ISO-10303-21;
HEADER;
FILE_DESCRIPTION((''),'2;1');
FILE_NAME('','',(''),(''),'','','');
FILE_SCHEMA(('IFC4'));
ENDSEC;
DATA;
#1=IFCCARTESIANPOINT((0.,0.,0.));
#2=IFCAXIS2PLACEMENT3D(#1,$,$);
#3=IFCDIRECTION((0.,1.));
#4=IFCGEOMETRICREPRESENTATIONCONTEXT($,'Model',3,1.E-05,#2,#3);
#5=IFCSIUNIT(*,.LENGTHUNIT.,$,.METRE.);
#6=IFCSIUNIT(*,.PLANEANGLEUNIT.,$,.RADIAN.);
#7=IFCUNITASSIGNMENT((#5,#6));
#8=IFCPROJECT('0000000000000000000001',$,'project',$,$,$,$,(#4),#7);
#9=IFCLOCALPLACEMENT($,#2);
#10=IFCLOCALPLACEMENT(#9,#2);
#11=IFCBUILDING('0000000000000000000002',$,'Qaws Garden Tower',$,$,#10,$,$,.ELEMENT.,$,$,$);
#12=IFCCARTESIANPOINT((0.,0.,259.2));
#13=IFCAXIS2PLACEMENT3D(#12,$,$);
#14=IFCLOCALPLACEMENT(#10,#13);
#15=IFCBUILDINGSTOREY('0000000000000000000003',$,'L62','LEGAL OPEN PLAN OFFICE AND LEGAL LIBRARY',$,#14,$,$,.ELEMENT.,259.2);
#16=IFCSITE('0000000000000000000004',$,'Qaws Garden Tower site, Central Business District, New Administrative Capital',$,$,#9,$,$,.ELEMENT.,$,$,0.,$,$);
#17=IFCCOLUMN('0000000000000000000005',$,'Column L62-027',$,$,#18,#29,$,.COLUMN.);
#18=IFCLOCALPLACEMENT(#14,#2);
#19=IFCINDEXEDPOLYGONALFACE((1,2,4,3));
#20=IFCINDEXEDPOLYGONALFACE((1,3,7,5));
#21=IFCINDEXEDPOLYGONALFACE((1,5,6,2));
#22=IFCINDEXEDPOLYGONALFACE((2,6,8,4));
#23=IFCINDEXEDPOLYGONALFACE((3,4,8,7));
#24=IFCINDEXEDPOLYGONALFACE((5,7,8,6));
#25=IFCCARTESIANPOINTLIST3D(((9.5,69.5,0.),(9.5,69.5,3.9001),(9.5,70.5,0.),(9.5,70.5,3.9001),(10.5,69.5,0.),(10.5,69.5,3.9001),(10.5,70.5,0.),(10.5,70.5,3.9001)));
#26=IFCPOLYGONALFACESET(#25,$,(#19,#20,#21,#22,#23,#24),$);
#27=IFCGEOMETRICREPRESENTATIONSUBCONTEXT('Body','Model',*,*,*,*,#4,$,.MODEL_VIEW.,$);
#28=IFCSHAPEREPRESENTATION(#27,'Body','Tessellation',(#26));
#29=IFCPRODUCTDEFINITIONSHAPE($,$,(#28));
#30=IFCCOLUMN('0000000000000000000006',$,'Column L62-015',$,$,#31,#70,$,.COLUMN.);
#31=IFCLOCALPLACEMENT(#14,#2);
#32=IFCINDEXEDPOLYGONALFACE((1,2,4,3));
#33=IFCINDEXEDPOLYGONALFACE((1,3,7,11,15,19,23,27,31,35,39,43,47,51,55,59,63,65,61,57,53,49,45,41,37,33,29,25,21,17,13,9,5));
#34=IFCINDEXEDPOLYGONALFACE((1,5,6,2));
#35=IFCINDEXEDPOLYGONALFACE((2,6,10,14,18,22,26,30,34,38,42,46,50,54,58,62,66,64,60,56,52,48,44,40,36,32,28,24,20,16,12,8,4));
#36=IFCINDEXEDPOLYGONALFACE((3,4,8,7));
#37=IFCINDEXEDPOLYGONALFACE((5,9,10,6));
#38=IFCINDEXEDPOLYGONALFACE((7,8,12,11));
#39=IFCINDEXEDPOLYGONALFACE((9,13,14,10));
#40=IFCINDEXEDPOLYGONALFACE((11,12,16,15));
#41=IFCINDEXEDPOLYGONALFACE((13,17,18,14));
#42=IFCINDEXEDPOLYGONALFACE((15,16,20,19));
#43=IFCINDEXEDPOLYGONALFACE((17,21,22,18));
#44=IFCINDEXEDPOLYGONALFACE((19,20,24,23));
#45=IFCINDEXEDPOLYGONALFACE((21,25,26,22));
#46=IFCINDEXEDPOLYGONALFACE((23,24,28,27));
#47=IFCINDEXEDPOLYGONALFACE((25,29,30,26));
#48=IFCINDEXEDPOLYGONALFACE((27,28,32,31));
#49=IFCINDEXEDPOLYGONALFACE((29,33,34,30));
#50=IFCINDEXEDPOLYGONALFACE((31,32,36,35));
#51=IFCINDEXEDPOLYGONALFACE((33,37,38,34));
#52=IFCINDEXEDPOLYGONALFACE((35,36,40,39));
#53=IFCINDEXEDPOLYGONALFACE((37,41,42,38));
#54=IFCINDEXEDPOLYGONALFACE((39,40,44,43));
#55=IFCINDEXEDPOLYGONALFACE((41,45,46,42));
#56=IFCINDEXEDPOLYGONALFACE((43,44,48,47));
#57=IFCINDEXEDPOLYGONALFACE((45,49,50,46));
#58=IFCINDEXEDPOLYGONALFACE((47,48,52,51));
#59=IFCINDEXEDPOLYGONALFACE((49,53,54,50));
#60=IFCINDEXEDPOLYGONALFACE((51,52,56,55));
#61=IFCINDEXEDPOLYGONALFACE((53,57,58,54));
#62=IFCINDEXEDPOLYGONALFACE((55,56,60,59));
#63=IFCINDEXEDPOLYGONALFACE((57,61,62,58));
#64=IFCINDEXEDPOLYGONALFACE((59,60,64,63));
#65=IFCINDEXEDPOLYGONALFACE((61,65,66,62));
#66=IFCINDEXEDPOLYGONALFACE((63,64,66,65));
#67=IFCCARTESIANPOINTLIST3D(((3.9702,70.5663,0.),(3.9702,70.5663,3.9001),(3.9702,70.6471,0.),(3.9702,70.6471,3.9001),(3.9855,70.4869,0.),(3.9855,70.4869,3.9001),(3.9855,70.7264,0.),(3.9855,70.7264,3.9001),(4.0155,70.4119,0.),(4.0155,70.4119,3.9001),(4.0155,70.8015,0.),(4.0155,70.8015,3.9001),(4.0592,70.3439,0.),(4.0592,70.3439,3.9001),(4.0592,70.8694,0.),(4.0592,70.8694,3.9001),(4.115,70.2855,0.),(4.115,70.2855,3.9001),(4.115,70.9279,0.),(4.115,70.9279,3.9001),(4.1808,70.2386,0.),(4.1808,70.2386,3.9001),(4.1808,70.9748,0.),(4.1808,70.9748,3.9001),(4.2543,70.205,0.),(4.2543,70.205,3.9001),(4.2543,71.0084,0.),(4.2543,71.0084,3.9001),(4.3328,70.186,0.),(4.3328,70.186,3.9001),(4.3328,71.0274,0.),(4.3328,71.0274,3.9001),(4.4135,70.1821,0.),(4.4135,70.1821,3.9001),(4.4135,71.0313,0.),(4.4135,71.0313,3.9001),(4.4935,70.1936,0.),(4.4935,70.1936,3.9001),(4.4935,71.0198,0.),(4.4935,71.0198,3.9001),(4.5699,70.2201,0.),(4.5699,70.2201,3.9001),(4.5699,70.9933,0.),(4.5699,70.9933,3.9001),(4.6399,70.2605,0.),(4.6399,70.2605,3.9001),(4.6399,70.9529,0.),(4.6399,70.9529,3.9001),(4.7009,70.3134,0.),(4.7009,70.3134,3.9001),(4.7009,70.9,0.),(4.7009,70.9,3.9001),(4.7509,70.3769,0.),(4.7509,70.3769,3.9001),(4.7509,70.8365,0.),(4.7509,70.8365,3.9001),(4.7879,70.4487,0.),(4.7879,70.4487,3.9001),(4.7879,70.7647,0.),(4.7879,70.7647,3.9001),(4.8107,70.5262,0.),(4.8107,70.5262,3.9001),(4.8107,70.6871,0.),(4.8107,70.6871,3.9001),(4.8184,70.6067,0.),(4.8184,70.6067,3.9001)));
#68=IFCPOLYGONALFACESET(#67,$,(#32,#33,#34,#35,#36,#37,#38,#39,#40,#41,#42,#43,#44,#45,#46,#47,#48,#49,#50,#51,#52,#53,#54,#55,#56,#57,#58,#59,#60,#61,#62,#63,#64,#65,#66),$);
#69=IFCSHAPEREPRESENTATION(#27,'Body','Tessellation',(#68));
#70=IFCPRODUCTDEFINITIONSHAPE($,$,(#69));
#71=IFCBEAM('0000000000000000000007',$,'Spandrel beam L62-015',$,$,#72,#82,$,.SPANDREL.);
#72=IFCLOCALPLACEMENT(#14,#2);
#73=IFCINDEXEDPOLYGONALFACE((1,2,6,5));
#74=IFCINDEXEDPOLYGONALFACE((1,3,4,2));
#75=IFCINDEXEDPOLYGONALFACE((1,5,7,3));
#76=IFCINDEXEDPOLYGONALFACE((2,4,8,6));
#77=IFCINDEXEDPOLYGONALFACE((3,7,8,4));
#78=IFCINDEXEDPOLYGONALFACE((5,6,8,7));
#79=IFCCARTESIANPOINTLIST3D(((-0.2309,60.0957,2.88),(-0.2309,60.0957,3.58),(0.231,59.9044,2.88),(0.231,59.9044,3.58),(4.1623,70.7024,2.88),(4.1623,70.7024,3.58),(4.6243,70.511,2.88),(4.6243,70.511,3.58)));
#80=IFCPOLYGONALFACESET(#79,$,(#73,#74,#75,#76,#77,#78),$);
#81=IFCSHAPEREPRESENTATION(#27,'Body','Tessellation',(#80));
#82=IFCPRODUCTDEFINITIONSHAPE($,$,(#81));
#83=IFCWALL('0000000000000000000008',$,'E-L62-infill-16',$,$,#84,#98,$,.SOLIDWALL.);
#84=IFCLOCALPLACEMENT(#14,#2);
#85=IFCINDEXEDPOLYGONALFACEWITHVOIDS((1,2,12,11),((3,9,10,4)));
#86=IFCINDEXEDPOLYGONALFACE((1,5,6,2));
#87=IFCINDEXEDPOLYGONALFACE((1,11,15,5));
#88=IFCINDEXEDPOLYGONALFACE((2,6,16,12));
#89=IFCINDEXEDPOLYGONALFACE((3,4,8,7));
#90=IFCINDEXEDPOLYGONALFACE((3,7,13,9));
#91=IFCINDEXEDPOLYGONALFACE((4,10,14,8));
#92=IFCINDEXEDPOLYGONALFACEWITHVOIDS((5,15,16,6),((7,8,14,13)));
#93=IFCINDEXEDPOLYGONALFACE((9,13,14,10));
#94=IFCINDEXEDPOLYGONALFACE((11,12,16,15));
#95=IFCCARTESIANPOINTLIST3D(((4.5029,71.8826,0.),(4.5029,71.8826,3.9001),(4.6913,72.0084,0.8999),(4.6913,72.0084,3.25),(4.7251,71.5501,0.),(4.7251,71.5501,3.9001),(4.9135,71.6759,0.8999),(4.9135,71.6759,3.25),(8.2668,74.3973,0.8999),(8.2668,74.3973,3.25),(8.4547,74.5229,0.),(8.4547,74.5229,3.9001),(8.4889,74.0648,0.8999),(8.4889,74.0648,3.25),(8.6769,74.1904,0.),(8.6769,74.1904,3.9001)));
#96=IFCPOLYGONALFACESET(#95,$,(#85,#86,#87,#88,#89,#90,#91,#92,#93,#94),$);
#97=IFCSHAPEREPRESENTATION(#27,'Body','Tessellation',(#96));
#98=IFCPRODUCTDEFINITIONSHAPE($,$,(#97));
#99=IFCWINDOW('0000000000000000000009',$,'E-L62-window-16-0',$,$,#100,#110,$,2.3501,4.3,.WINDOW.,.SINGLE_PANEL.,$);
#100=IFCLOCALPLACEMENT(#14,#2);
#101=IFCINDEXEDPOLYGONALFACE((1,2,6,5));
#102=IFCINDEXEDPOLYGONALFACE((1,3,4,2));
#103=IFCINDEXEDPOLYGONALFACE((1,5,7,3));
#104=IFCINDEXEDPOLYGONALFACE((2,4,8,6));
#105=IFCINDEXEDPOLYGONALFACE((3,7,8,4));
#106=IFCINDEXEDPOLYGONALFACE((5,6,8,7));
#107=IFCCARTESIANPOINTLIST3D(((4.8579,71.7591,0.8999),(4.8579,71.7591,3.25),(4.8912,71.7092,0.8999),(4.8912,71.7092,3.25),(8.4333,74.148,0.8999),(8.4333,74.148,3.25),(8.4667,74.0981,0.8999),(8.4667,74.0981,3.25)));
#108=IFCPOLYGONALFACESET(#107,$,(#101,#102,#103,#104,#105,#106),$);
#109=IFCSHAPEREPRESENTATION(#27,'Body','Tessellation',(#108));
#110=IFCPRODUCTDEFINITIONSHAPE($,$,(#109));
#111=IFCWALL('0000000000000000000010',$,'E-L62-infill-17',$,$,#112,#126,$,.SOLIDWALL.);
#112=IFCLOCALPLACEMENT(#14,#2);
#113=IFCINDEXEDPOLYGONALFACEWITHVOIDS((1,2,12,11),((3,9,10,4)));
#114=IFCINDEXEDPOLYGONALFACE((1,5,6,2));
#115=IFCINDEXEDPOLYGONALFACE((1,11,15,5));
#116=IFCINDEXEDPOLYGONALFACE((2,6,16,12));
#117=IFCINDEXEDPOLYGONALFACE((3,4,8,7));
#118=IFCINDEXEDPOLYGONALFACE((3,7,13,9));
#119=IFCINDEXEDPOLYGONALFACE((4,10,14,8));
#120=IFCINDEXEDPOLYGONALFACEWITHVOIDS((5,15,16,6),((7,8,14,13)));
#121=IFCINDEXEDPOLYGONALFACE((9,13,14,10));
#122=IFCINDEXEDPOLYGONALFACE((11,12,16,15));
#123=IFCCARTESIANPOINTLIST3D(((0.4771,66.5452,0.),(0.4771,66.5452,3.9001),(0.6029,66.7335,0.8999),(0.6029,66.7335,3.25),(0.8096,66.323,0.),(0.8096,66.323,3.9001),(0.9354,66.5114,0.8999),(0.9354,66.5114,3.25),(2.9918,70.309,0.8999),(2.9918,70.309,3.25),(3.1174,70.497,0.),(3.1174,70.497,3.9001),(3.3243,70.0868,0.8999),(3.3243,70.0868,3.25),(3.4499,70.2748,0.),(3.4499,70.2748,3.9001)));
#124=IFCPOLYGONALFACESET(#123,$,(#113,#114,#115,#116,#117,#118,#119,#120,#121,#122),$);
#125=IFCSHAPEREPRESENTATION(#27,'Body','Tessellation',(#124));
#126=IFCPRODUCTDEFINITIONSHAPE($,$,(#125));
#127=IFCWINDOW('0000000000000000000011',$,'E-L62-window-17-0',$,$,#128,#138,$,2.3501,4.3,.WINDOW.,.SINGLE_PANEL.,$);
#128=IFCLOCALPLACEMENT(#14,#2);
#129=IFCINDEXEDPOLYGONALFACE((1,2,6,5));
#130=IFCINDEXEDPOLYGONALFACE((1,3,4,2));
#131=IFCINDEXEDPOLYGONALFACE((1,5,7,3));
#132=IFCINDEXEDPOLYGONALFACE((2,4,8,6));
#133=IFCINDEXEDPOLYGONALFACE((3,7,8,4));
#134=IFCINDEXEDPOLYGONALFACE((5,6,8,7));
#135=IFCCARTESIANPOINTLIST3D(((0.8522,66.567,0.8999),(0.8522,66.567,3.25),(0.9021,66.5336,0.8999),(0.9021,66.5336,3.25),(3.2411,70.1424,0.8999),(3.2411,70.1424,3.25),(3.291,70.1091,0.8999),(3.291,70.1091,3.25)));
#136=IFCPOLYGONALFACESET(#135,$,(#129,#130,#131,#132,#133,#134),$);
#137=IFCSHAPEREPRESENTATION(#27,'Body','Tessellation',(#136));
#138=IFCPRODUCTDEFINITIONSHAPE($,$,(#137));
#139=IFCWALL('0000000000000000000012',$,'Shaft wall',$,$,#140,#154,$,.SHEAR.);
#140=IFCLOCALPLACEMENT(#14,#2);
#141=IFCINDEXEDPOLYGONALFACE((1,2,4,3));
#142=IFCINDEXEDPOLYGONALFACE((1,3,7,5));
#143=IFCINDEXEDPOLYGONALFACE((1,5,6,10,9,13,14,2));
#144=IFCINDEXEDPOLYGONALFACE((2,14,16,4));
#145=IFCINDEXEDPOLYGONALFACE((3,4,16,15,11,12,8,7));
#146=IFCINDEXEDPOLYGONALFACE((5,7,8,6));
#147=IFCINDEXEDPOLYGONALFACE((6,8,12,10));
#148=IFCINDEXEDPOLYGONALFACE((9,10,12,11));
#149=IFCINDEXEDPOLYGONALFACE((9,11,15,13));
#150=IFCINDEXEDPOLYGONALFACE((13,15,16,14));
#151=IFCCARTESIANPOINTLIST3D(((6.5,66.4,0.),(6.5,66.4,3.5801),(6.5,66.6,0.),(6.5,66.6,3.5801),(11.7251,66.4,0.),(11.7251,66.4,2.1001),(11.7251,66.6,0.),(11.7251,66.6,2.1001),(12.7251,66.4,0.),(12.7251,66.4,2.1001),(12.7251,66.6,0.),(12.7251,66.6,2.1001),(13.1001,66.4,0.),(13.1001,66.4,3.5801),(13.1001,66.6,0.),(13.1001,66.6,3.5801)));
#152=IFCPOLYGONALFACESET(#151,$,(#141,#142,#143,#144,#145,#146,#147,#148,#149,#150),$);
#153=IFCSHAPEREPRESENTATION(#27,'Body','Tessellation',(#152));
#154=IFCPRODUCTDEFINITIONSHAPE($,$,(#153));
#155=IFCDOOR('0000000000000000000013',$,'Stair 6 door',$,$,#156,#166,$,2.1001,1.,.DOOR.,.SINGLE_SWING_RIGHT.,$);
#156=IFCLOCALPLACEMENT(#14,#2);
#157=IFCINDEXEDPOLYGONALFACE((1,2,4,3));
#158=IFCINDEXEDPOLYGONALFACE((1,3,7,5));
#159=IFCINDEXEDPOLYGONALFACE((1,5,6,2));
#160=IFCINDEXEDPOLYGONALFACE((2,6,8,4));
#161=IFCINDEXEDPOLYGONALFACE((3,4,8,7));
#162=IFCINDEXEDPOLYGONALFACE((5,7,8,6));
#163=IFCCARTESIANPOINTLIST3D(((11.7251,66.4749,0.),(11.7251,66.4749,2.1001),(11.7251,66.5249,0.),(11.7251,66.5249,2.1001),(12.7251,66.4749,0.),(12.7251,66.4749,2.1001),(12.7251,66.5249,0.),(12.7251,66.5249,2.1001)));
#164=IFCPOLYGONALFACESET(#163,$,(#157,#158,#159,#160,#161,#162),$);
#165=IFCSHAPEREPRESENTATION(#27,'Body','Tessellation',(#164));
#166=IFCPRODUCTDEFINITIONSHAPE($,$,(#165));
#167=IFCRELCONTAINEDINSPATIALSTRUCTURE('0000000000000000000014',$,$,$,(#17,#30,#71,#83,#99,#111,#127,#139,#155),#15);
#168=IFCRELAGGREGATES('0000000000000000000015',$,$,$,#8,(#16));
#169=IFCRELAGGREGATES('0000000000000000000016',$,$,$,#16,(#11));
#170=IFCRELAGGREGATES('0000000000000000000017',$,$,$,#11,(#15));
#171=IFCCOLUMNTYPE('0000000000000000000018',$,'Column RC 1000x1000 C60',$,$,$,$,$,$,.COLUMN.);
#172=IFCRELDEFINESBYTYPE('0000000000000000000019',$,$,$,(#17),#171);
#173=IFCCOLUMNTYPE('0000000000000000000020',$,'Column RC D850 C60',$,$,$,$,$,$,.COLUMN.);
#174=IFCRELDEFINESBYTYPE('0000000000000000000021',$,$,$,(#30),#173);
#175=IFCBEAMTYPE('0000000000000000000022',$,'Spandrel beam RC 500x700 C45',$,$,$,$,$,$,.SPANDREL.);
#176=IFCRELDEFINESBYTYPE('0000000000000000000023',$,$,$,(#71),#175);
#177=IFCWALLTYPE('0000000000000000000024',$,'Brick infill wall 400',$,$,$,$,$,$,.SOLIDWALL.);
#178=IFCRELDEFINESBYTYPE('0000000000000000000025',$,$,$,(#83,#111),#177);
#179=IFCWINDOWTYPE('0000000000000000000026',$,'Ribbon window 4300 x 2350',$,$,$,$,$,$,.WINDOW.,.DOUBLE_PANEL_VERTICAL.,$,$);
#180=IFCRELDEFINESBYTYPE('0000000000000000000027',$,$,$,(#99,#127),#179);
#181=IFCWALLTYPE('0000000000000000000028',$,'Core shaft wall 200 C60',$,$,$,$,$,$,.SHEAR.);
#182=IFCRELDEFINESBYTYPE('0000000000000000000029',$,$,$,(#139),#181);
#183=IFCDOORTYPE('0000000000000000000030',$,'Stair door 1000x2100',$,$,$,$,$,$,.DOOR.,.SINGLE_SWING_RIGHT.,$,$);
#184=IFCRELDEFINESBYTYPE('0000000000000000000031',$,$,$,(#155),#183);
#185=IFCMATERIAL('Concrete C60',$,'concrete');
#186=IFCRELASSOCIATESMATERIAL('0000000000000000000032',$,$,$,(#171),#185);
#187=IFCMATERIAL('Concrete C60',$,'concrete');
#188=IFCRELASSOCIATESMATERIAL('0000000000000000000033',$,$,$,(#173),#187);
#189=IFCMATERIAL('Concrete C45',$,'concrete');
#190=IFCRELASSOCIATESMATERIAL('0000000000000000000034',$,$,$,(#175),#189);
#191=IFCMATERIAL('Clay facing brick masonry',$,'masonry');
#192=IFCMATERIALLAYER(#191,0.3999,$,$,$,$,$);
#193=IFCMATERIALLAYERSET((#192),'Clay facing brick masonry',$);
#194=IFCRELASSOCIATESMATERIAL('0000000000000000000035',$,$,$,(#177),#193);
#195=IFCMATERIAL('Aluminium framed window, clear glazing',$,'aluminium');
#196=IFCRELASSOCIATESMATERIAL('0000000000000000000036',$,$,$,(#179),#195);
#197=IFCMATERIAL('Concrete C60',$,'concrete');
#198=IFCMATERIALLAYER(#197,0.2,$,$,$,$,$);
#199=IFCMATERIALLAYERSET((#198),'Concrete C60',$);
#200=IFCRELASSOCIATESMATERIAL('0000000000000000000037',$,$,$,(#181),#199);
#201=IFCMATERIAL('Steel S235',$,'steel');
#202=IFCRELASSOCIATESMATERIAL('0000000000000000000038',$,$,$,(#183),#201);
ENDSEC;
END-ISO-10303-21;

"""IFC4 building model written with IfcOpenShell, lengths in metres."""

from ifc_helpers import new_model, si_unit, direction, frame, frame_2d, origin, origin_2d, place, context, subcontext, project, spatial, rectangle, circle, extrude, material, layer, layer_set, material_profile, profile_set, type_object, element, fill, save


model = new_model("IFC4")

# Units and contexts
model_context = context("Model", 3, precision=1e-05, world=origin(), true_north=direction((0.0, 1.0)))
body_context = subcontext(model_context, "Body", "Model", "MODEL_VIEW")
ifc_project = project(units=[si_unit("LENGTHUNIT", "METRE"), si_unit("PLANEANGLEUNIT", "RADIAN")], contexts=[model_context])

# Site, building, storey
site_placement = place(None, origin())
site = spatial("IfcSite", under=ifc_project, at=site_placement, Name="Qaws Garden Tower site, Central Business District, New Administrative Capital", CompositionType="ELEMENT", RefElevation=0.0)
building_placement = place(site_placement, origin())
building = spatial("IfcBuilding", under=site, at=building_placement, Name="Qaws Garden Tower", CompositionType="ELEMENT")
storey_placement = place(building_placement, frame((0.0, 0.0, 259.2)))
storey = spatial("IfcBuildingStorey", under=building, at=storey_placement, Name="L62", Description="LEGAL OPEN PLAN OFFICE AND LEGAL LIBRARY", CompositionType="ELEMENT", Elevation=259.2)

# Columns
ifc_material_1 = material(Name="Concrete C60", Category="concrete")
ifc_material_profile_1 = material_profile(ifc_material_1, rectangle(XDim=1.0, YDim=1.0, at=origin_2d()), Name="RC 1000x1000")
ifc_profile_set_1 = profile_set([ifc_material_profile_1], Name="Concrete C60")
column_type_1 = type_object("IfcColumnType", Name="Column RC 1000x1000 C60", PredefinedType="COLUMN", material=ifc_profile_set_1)
column_1_placement = place(storey_placement, frame((10.0, 70.0, 0.0), z_axis=(0.0, 0.0, 1.0), x_axis=(1.0, 0.0, 0.0)))
element("IfcColumn", 1, at=column_1_placement, inside=storey, type_object=column_type_1, Name="Column L62-027", PredefinedType="COLUMN", context=body_context, shape_type="SweptSolid", body=[
    extrude(rectangle(XDim=1.0, YDim=1.0, at=origin_2d()), origin(), (0.0, 0.0, 1.0), 3.9001),
])
ifc_material_2 = material(Name="Concrete C60", Category="concrete")
ifc_material_profile_2 = material_profile(ifc_material_2, circle(Radius=0.425, at=origin_2d()), Name="RC D850")
ifc_profile_set_2 = profile_set([ifc_material_profile_2], Name="Concrete C60")
column_type_2 = type_object("IfcColumnType", Name="Column RC D850 C60", PredefinedType="COLUMN", material=ifc_profile_set_2)
column_2_placement = place(storey_placement, frame((4.3933, 70.6067, 0.0), z_axis=(0.0, 0.0, 1.0), x_axis=(1.0, 0.0, 0.0)))
element("IfcColumn", 2, at=column_2_placement, inside=storey, type_object=column_type_2, Name="Column L62-015", PredefinedType="COLUMN", context=body_context, shape_type="SweptSolid", body=[
    extrude(circle(Radius=0.425, at=origin_2d()), origin(), (0.0, 0.0, 1.0), 3.9001),
])

# Beam
ifc_material_3 = material(Name="Concrete C45", Category="concrete")
ifc_material_profile_3 = material_profile(ifc_material_3, rectangle(XDim=0.5, YDim=0.7, at=origin_2d()), Name="RC 500x700")
ifc_profile_set_3 = profile_set([ifc_material_profile_3], Name="Concrete C45")
beam_type = type_object("IfcBeamType", Name="Spandrel beam RC 500x700 C45", PredefinedType="SPANDREL", material=ifc_profile_set_3)
beam_placement = place(storey_placement, frame((4.3933, 70.6067, 3.23), z_axis=(-0.382674, -0.923883, 0.0), x_axis=(0.923883, -0.382674, 0.0)))
element("IfcBeam", 3, at=beam_placement, inside=storey, type_object=beam_type, Name="Spandrel beam L62-015", PredefinedType="SPANDREL", context=body_context, shape_type="SweptSolid", body=[
    extrude(rectangle(XDim=0.5, YDim=0.7, at=origin_2d()), origin(), (0.0, 0.0, 1.0), 11.4805),
])

# Walls, openings, windows
ifc_material_4 = material(Name="Clay facing brick masonry", Category="masonry")
ifc_layer_1 = layer(ifc_material_4, 0.3999)
ifc_layer_set_1 = layer_set([ifc_layer_1], Name="Clay facing brick masonry")
wall_type_1 = type_object("IfcWallType", Name="Brick infill wall 400", PredefinedType="SOLIDWALL", material=ifc_layer_set_1)
wall_1_placement = place(storey_placement, frame((8.5659, 74.3567, 0.0), z_axis=(0.0, 0.0, 1.0), x_axis=(-0.831489, -0.555542, 0.0)))
wall_1 = element("IfcWall", 4, at=wall_1_placement, inside=storey, type_object=wall_type_1, Name="E-L62-infill-16", PredefinedType="SOLIDWALL", context=body_context, shape_type="SweptSolid", body=[
    extrude(rectangle(XDim=4.7527, YDim=0.3999, at=frame_2d((2.3765, 0.0))), origin(), (0.0, 0.0, 1.0), 3.9001),
])
opening_1_placement = place(wall_1_placement, frame((0.2263, 0.0, 0.8999)))
opening_1 = element("IfcOpeningElement", 5, at=opening_1_placement, cuts=wall_1, PredefinedType="OPENING", context=body_context, shape_type="SweptSolid", body=[
    extrude(rectangle(XDim=4.3, YDim=2.3501, at=frame_2d((2.1499, 1.175))), frame((0.0, 0.21, 0.0), z_axis=(0.0, -1.0, 0.0), x_axis=(1.0, 0.0, 0.0)), (0.0, 0.0, 1.0), 0.4199),
])
ifc_material_5 = material(Name="Aluminium framed window, clear glazing", Category="aluminium")
window_type = type_object("IfcWindowType", Name="Ribbon window 4300 x 2350", PartitioningType="DOUBLE_PANEL_VERTICAL", PredefinedType="WINDOW", material=ifc_material_5)
window_1_placement = place(opening_1_placement, origin())
window_1 = element("IfcWindow", 6, at=window_1_placement, inside=storey, type_object=window_type, Name="E-L62-window-16-0", OverallHeight=2.3501, OverallWidth=4.3, PartitioningType="SINGLE_PANEL", PredefinedType="WINDOW", context=body_context, shape_type="SweptSolid", body=[
    extrude(rectangle(XDim=4.3, YDim=2.3501, at=frame_2d((2.1499, 1.175))), frame((0.0, 0.1599, 0.0), z_axis=(0.0, -1.0, 0.0), x_axis=(1.0, 0.0, 0.0)), (0.0, 0.0, 1.0), 0.0601),
])
fill(opening_1, window_1)
wall_2_placement = place(storey_placement, frame((3.2837, 70.386, 0.0), z_axis=(0.0, 0.0, 1.0), x_axis=(-0.555542, -0.831489, 0.0)))
wall_2 = element("IfcWall", 7, at=wall_2_placement, inside=storey, type_object=wall_type_1, Name="E-L62-infill-17", PredefinedType="SOLIDWALL", context=body_context, shape_type="SweptSolid", body=[
    extrude(rectangle(XDim=4.7527, YDim=0.3999, at=frame_2d((2.3765, 0.0))), origin(), (0.0, 0.0, 1.0), 3.9001),
])
opening_2_placement = place(wall_2_placement, frame((0.2263, 0.0, 0.8999)))
opening_2 = element("IfcOpeningElement", 8, at=opening_2_placement, cuts=wall_2, PredefinedType="OPENING", context=body_context, shape_type="SweptSolid", body=[
    extrude(rectangle(XDim=4.3, YDim=2.3501, at=frame_2d((2.1499, 1.175))), frame((0.0, 0.21, 0.0), z_axis=(0.0, -1.0, 0.0), x_axis=(1.0, 0.0, 0.0)), (0.0, 0.0, 1.0), 0.4199),
])
window_2_placement = place(opening_2_placement, origin())
window_2 = element("IfcWindow", 9, at=window_2_placement, inside=storey, type_object=window_type, Name="E-L62-window-17-0", OverallHeight=2.3501, OverallWidth=4.3, PartitioningType="SINGLE_PANEL", PredefinedType="WINDOW", context=body_context, shape_type="SweptSolid", body=[
    extrude(rectangle(XDim=4.3, YDim=2.3501, at=frame_2d((2.1499, 1.175))), frame((0.0, 0.1599, 0.0), z_axis=(0.0, -1.0, 0.0), x_axis=(1.0, 0.0, 0.0)), (0.0, 0.0, 1.0), 0.0601),
])
fill(opening_2, window_2)

# Wall, opening, door
ifc_material_6 = material(Name="Concrete C60", Category="concrete")
ifc_layer_2 = layer(ifc_material_6, 0.2)
ifc_layer_set_2 = layer_set([ifc_layer_2], Name="Concrete C60")
wall_type_2 = type_object("IfcWallType", Name="Core shaft wall 200 C60", PredefinedType="SHEAR", material=ifc_layer_set_2)
wall_3_placement = place(storey_placement, frame((6.5, 66.5, 0.0), z_axis=(0.0, 0.0, 1.0), x_axis=(1.0, 0.0, 0.0)))
wall_3 = element("IfcWall", 10, at=wall_3_placement, inside=storey, type_object=wall_type_2, Name="Shaft wall", PredefinedType="SHEAR", context=body_context, shape_type="SweptSolid", body=[
    extrude(rectangle(XDim=6.6001, YDim=0.2, at=frame_2d((3.3, 0.0))), origin(), (0.0, 0.0, 1.0), 3.5801),
])
opening_3_placement = place(wall_3_placement, frame((5.2251, 0.0, 0.0)))
opening_3 = element("IfcOpeningElement", 11, at=opening_3_placement, cuts=wall_3, PredefinedType="OPENING", context=body_context, shape_type="SweptSolid", body=[
    extrude(rectangle(XDim=1.0, YDim=2.1001, at=frame_2d((0.5, 1.05))), frame((0.0, 0.1099, 0.0), z_axis=(0.0, -1.0, 0.0), x_axis=(1.0, 0.0, 0.0)), (0.0, 0.0, 1.0), 0.22),
])
ifc_material_7 = material(Name="Steel S235", Category="steel")
door_type_1 = type_object("IfcDoorType", Name="Stair door 1000x2100", OperationType="SINGLE_SWING_RIGHT", PredefinedType="DOOR", material=ifc_material_7)
door_1_placement = place(opening_3_placement, origin())
door_1 = element("IfcDoor", 12, at=door_1_placement, inside=storey, type_object=door_type_1, Name="Stair 6 door", OperationType="SINGLE_SWING_RIGHT", OverallHeight=2.1001, OverallWidth=1.0, PredefinedType="DOOR", context=body_context, shape_type="SweptSolid", body=[
    extrude(rectangle(XDim=1.0, YDim=2.1001, at=frame_2d((0.5, 1.05))), frame((0.0, 0.0249, 0.0), z_axis=(0.0, -1.0, 0.0), x_axis=(1.0, 0.0, 0.0)), (0.0, 0.0, 1.0), 0.05),
])
fill(opening_3, door_1)

save(model, "model.ifc")
